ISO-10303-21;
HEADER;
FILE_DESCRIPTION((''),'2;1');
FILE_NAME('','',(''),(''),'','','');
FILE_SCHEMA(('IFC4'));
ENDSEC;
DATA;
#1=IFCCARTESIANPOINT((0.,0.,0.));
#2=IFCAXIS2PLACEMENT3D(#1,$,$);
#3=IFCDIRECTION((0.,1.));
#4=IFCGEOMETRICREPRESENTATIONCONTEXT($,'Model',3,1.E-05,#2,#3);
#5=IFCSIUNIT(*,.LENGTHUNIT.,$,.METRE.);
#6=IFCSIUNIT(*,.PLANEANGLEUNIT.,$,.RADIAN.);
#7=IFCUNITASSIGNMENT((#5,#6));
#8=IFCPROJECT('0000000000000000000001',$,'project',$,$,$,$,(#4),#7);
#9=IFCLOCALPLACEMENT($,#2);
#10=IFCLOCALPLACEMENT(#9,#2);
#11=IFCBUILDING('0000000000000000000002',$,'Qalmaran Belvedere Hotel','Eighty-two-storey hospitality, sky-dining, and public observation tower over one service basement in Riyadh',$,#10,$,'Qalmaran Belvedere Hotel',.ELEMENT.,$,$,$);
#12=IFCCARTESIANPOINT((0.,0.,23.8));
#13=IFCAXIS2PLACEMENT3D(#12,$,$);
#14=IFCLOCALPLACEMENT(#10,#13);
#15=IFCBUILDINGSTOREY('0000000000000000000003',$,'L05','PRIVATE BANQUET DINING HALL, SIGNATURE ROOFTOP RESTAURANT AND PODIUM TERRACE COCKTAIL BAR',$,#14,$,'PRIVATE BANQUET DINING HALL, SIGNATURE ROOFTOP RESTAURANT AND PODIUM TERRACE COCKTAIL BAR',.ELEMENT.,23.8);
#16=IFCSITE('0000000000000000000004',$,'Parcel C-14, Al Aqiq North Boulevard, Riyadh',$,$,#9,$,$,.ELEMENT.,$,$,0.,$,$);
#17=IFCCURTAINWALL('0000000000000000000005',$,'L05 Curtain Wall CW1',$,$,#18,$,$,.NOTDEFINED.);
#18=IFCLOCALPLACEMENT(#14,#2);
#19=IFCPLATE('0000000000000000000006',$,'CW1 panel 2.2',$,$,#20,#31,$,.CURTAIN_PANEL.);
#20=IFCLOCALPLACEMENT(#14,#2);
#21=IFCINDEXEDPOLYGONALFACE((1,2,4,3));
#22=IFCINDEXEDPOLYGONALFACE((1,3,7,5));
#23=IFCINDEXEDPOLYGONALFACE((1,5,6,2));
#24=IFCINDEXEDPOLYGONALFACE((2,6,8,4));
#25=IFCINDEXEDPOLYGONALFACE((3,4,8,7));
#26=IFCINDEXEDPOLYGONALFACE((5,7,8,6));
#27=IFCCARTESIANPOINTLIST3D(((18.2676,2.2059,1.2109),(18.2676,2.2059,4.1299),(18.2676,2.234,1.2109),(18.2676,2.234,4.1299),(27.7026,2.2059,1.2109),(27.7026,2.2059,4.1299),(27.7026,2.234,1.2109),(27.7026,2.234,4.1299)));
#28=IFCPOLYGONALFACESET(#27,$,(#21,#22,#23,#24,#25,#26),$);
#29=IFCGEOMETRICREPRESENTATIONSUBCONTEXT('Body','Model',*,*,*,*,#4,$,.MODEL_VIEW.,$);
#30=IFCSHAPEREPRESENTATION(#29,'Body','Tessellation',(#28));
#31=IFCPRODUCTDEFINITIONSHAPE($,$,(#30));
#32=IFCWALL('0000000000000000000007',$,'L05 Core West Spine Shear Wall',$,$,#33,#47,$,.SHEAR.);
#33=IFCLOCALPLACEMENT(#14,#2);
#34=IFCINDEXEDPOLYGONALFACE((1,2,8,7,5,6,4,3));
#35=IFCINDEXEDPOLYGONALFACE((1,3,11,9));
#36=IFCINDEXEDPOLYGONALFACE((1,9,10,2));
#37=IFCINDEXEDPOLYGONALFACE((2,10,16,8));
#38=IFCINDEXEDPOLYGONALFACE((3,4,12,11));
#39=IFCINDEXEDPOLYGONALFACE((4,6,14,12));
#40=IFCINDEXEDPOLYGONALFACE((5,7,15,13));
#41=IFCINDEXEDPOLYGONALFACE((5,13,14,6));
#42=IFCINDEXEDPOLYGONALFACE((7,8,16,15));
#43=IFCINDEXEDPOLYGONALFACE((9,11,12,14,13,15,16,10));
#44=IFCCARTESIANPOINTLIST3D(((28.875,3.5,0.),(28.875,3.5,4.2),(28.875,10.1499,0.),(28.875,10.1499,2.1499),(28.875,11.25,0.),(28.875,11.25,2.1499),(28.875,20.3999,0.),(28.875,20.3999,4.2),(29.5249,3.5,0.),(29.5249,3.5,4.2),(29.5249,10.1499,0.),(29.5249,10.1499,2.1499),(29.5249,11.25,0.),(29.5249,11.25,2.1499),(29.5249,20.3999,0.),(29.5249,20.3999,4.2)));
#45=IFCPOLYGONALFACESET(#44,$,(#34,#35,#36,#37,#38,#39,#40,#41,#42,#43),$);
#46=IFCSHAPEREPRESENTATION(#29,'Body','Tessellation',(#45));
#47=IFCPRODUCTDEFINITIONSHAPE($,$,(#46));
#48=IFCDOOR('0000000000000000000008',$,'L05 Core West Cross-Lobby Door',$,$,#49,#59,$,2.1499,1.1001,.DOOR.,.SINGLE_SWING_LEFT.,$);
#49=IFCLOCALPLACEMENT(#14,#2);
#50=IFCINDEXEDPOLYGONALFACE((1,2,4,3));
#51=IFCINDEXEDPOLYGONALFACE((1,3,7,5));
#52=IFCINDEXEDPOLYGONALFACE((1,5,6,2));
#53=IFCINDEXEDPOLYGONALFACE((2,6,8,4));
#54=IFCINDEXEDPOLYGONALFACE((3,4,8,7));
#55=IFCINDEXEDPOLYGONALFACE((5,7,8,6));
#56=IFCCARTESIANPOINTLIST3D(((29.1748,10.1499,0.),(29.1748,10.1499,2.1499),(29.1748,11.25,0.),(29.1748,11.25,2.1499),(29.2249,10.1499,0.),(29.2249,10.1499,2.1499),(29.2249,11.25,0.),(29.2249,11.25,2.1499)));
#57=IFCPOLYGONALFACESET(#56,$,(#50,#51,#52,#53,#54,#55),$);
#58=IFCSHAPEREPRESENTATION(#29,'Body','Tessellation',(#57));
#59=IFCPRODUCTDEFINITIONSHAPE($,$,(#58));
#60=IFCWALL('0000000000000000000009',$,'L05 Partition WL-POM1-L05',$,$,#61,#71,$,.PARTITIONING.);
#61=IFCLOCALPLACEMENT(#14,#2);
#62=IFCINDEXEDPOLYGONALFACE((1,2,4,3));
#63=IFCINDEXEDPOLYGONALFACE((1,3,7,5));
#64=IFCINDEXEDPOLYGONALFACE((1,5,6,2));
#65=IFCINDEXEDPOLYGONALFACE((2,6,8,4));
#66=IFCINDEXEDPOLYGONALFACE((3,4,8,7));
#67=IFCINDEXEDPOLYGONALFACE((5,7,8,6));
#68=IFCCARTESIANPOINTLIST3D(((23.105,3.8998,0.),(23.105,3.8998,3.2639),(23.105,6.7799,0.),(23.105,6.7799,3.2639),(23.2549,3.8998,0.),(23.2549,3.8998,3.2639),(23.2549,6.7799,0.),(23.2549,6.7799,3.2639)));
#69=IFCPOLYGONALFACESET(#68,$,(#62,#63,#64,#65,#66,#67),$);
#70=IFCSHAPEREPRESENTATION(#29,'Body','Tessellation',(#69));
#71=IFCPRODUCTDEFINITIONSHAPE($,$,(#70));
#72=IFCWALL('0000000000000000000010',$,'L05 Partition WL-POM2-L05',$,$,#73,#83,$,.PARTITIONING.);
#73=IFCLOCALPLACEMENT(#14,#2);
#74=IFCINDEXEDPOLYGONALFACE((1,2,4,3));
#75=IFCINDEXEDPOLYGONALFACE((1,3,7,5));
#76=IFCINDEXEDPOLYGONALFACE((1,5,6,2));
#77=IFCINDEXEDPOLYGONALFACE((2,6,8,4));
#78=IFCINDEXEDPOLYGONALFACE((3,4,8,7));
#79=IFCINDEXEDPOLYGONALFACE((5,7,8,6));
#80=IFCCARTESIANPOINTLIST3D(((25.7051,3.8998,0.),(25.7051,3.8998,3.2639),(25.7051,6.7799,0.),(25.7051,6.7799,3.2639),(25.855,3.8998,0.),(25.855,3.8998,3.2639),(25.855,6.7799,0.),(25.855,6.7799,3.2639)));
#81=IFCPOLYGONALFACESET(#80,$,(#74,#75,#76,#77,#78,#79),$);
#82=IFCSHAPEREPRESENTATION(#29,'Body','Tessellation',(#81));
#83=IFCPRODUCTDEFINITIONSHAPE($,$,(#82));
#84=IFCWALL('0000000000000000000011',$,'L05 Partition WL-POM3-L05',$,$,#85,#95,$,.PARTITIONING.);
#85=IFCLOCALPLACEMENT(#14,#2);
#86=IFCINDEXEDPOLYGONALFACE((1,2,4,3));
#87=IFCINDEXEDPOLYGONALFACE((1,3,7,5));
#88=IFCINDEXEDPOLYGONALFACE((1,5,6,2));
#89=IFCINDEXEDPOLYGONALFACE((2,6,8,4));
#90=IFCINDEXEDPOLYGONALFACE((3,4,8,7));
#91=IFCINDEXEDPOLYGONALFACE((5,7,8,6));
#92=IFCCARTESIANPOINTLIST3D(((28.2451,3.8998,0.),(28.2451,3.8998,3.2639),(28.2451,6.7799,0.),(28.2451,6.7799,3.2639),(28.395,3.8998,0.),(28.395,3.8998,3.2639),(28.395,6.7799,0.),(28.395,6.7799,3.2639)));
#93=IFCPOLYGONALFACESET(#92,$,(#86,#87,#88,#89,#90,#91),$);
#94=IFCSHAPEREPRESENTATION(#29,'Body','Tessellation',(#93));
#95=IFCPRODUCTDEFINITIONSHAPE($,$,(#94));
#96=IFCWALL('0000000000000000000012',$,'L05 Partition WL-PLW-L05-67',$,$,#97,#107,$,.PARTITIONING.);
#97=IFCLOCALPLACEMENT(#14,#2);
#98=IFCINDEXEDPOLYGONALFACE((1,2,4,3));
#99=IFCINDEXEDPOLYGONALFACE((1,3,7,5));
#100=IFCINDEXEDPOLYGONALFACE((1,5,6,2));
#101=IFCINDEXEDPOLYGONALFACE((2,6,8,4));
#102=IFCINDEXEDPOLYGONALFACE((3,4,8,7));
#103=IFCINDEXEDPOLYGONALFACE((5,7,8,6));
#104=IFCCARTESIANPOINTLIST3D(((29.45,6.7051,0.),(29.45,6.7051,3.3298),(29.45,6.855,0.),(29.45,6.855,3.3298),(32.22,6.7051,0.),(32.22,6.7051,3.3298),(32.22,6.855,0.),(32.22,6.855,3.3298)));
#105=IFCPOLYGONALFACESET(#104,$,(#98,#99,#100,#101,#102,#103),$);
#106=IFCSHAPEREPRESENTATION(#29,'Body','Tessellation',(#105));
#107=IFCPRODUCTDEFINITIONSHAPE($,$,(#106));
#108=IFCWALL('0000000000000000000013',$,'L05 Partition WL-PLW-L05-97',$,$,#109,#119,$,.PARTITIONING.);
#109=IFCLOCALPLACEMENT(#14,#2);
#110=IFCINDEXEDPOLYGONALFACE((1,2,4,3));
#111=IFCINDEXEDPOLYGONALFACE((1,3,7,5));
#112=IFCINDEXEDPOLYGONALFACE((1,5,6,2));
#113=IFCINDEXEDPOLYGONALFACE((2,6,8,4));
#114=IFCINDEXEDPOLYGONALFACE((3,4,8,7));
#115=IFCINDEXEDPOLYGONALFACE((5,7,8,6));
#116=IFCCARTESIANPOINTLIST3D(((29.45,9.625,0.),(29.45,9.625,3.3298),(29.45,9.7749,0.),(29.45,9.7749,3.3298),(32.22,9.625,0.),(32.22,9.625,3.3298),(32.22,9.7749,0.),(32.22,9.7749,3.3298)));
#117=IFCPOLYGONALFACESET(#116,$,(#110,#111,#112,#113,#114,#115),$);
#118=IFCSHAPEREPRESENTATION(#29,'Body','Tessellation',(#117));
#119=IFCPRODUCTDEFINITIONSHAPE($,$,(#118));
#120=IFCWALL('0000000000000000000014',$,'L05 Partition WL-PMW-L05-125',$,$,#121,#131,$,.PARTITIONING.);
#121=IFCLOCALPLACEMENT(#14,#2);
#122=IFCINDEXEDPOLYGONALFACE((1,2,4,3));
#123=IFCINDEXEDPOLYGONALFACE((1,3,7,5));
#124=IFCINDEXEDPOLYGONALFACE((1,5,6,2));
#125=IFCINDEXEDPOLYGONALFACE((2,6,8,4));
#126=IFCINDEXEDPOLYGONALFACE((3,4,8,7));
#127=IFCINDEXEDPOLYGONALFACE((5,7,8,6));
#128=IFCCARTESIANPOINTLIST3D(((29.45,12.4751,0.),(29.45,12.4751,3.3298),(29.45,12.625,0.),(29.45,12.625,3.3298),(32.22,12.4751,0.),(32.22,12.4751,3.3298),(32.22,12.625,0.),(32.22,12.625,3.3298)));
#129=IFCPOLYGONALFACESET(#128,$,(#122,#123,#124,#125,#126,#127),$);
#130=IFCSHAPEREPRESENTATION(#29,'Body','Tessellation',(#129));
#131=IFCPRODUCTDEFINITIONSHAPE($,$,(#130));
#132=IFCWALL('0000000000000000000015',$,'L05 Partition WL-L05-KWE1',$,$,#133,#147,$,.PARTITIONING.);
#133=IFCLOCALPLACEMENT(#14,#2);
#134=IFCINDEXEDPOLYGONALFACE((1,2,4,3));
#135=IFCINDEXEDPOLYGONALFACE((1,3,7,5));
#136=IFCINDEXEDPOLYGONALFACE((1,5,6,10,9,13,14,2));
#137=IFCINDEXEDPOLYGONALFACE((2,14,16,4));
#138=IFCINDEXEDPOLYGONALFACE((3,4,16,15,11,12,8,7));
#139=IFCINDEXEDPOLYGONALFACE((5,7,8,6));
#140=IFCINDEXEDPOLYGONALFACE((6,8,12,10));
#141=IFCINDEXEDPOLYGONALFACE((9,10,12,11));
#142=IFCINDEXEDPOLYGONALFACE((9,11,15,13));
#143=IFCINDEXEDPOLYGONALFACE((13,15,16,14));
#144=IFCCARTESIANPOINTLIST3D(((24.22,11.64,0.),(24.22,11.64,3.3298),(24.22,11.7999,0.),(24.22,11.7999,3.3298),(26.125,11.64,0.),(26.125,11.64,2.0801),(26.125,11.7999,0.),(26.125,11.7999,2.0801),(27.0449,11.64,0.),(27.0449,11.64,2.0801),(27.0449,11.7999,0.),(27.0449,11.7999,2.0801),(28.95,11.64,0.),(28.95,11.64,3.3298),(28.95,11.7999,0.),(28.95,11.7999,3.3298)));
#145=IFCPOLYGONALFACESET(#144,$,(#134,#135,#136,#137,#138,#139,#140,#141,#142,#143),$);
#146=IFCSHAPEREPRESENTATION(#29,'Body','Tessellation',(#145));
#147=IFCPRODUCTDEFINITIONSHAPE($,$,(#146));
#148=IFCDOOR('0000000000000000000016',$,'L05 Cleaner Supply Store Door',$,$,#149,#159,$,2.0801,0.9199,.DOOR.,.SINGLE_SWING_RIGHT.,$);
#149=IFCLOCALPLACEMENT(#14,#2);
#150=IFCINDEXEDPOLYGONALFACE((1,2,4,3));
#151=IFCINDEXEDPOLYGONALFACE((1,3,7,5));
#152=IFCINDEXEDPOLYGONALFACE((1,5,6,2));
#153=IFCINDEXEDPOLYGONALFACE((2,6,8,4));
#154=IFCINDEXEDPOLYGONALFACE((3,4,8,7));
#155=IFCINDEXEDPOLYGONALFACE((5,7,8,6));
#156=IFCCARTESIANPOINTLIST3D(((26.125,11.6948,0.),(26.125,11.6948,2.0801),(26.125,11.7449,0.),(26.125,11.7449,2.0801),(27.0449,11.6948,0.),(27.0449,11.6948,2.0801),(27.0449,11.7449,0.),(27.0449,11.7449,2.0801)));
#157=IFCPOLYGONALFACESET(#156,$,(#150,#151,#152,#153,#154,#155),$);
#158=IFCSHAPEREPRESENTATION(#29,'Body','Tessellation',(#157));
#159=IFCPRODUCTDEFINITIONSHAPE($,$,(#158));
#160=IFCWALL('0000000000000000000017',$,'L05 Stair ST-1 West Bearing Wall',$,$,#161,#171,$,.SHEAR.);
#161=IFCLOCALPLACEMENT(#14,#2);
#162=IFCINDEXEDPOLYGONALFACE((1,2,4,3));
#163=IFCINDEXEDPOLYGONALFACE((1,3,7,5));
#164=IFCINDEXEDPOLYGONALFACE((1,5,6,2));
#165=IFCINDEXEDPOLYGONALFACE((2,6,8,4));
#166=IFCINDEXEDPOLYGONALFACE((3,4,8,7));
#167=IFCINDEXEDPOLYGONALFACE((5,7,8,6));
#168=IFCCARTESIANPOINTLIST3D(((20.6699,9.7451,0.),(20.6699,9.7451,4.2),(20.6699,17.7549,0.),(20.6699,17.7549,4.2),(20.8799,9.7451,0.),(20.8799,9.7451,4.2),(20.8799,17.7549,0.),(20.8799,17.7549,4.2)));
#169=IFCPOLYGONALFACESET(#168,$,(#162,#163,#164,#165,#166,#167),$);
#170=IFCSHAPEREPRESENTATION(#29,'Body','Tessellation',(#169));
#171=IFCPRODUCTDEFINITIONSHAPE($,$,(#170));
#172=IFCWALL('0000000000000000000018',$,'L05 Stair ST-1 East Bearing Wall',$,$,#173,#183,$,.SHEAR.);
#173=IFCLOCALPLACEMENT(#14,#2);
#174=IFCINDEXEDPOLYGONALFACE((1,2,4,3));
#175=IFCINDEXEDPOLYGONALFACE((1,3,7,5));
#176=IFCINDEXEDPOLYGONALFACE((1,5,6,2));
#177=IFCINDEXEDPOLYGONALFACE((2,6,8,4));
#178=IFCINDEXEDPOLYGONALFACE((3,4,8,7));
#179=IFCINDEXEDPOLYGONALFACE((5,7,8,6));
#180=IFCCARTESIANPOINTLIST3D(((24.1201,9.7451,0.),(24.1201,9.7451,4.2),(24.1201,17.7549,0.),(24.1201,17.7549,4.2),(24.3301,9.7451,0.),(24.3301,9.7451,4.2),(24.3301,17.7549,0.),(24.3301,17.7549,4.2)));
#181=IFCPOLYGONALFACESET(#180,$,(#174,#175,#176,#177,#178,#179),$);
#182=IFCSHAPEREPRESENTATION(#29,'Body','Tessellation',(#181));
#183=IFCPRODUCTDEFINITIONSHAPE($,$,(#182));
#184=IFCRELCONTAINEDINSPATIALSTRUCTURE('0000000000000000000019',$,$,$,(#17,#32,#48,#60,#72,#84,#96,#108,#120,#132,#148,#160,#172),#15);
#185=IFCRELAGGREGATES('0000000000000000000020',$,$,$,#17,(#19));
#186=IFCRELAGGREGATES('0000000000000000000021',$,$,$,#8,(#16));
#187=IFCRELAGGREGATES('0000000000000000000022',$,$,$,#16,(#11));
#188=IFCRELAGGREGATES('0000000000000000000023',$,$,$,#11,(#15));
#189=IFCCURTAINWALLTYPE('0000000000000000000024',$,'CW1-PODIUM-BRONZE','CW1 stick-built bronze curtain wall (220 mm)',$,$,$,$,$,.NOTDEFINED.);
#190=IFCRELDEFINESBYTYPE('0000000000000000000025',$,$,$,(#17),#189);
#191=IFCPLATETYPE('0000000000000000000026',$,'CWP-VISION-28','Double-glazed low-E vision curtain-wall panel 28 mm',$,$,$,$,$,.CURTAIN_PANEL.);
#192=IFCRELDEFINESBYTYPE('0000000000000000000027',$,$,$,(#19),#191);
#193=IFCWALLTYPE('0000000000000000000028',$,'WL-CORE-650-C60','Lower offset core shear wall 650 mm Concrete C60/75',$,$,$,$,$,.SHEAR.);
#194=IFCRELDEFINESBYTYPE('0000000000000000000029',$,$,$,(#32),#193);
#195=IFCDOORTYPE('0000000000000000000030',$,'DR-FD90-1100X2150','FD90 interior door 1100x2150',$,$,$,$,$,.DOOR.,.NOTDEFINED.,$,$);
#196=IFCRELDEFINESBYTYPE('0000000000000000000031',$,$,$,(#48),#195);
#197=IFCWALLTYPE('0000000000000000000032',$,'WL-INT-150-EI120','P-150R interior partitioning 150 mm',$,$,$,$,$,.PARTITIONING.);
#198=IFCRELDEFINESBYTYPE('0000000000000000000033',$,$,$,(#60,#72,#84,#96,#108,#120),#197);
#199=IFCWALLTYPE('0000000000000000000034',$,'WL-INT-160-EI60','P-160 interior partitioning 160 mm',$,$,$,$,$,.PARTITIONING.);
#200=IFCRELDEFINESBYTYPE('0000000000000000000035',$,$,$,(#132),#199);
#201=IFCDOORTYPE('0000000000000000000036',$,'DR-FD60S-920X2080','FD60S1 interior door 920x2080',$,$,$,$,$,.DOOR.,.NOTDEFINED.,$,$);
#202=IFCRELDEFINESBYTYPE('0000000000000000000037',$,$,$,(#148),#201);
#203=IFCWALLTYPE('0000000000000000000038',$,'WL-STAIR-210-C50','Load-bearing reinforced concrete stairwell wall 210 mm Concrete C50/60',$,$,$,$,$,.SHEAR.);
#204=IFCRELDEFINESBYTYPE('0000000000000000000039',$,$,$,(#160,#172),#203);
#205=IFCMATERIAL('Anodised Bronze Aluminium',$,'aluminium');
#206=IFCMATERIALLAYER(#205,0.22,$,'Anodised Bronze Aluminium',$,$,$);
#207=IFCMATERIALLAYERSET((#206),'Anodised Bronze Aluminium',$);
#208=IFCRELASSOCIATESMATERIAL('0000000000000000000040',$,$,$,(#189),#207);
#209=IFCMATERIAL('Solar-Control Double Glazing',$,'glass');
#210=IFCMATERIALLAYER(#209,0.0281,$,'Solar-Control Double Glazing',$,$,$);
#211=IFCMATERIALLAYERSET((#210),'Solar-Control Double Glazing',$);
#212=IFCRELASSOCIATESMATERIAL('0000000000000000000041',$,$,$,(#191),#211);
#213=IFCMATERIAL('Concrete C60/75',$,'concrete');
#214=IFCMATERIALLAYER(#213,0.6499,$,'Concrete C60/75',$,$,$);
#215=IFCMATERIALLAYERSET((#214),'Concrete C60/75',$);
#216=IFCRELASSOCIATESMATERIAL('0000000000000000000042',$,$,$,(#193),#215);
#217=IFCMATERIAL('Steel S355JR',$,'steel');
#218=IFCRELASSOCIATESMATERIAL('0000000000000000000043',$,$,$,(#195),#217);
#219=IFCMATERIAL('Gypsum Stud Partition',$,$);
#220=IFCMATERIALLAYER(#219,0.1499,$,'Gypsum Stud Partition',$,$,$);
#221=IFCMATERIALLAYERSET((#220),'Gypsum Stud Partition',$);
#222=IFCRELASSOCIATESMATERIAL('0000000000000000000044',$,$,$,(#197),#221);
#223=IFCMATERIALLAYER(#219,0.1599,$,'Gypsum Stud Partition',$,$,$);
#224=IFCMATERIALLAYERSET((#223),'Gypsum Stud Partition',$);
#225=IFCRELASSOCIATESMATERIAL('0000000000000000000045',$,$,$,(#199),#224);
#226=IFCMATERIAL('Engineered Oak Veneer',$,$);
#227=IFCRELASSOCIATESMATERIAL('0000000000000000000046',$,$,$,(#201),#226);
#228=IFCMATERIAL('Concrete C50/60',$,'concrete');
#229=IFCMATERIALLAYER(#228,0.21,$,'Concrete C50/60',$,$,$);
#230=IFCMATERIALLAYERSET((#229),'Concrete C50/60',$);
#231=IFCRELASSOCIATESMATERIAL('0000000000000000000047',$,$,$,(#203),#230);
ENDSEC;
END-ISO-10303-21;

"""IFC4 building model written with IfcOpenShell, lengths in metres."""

from ifc_helpers import new_model, si_unit, direction, frame, frame_2d, origin, origin_2d, place, context, subcontext, project, spatial, rectangle, extrude, material, layer, layer_set, type_object, element, fill, aggregate, save


model = new_model("IFC4")

# Units and contexts
model_context = context("Model", 3, precision=1e-05, world=origin(), true_north=direction((0.0, 1.0)))
body_context = subcontext(model_context, "Body", "Model", "MODEL_VIEW")
ifc_project = project(units=[si_unit("LENGTHUNIT", "METRE"), si_unit("PLANEANGLEUNIT", "RADIAN")], contexts=[model_context])

# Site, building, storey
site_placement = place(None, origin())
site = spatial("IfcSite", under=ifc_project, at=site_placement, Name="Parcel C-14, Al Aqiq North Boulevard, Riyadh", CompositionType="ELEMENT", RefElevation=0.0)
building_placement = place(site_placement, origin())
building = spatial("IfcBuilding", under=site, at=building_placement, Name="Qalmaran Belvedere Hotel", Description="Eighty-two-storey hospitality, sky-dining, and public observation tower over one service basement in Riyadh", LongName="Qalmaran Belvedere Hotel", CompositionType="ELEMENT")
storey_placement = place(building_placement, frame((0.0, 0.0, 23.8)))
storey = spatial("IfcBuildingStorey", under=building, at=storey_placement, Name="L05", Description="PRIVATE BANQUET DINING HALL, SIGNATURE ROOFTOP RESTAURANT AND PODIUM TERRACE COCKTAIL BAR", LongName="PRIVATE BANQUET DINING HALL, SIGNATURE ROOFTOP RESTAURANT AND PODIUM TERRACE COCKTAIL BAR", CompositionType="ELEMENT", Elevation=23.8)

# Shared definitions
ifc_material_1 = material(Name="Concrete C60/75", Category="concrete")

# Shared definitions
ifc_material_2 = material(Name="Steel S355JR", Category="steel")

# Curtain wall, plate
ifc_material_3 = material(Name="Anodised Bronze Aluminium", Category="aluminium")
ifc_layer_1 = layer(ifc_material_3, 0.22, Name="Anodised Bronze Aluminium")
ifc_layer_set_1 = layer_set([ifc_layer_1], Name="Anodised Bronze Aluminium")
curtain_wall_type = type_object("IfcCurtainWallType", Name="CW1-PODIUM-BRONZE", Description="CW1 stick-built bronze curtain wall (220 mm)", PredefinedType="NOTDEFINED", material=ifc_layer_set_1)
curtain_wall_placement = place(storey_placement, origin())
curtain_wall = element("IfcCurtainWall", 1, at=curtain_wall_placement, inside=storey, type_object=curtain_wall_type, Name="L05 Curtain Wall CW1", PredefinedType="NOTDEFINED")
ifc_material_4 = material(Name="Solar-Control Double Glazing", Category="glass")
ifc_layer_2 = layer(ifc_material_4, 0.0281, Name="Solar-Control Double Glazing")
ifc_layer_set_2 = layer_set([ifc_layer_2], Name="Solar-Control Double Glazing")
plate_type_1 = type_object("IfcPlateType", Name="CWP-VISION-28", Description="Double-glazed low-E vision curtain-wall panel 28 mm", PredefinedType="CURTAIN_PANEL", material=ifc_layer_set_2)
plate_1_placement = place(storey_placement, frame((22.9851, 2.22, 1.2109), z_axis=(0.0, 0.0, 1.0), x_axis=(1.0, 0.0, 0.0)))
plate_1 = element("IfcPlate", 2, at=plate_1_placement, type_object=plate_type_1, Name="CW1 panel 2.2", PredefinedType="CURTAIN_PANEL", context=body_context, shape_type="SweptSolid", body=[
    extrude(rectangle(XDim=9.4351, YDim=0.0281, at=origin_2d()), origin(), (0.0, 0.0, 1.0), 2.9189),
])
aggregate(curtain_wall, [plate_1])

# Wall, opening, door
ifc_layer_3 = layer(ifc_material_1, 0.6499, Name="Concrete C60/75")
ifc_layer_set_3 = layer_set([ifc_layer_3], Name="Concrete C60/75")
wall_type_1 = type_object("IfcWallType", Name="WL-CORE-650-C60", Description="Lower offset core shear wall 650 mm Concrete C60/75", PredefinedType="SHEAR", material=ifc_layer_set_3)
wall_1_placement = place(storey_placement, frame((29.2, 3.5, 0.0), z_axis=(0.0, 0.0, 1.0), x_axis=(0.0, 1.0, 0.0)))
wall_1 = element("IfcWall", 3, at=wall_1_placement, inside=storey, type_object=wall_type_1, Name="L05 Core West Spine Shear Wall", PredefinedType="SHEAR", context=body_context, shape_type="SweptSolid", body=[
    extrude(rectangle(XDim=16.8999, YDim=0.6499, at=frame_2d((8.45, 0.0))), origin(), (0.0, 0.0, 1.0), 4.2),
])
opening_1_placement = place(wall_1_placement, frame((7.75, 0.0, 0.0), z_axis=(0.0, 0.0, 1.0), x_axis=(-1.0, 0.0, 0.0)))
opening_1 = element("IfcOpeningElement", 4, at=opening_1_placement, cuts=wall_1, PredefinedType="OPENING", context=body_context, shape_type="SweptSolid", body=[
    extrude(rectangle(XDim=1.1001, YDim=2.1499, at=frame_2d((0.55, 1.075))), frame((0.0, 0.335, 0.0), z_axis=(0.0, -1.0, 0.0), x_axis=(1.0, 0.0, 0.0)), (0.0, 0.0, 1.0), 0.6699),
])
door_type_1 = type_object("IfcDoorType", Name="DR-FD90-1100X2150", Description="FD90 interior door 1100x2150", OperationType="NOTDEFINED", PredefinedType="DOOR", material=ifc_material_2)
door_1_placement = place(opening_1_placement, origin())
door_1 = element("IfcDoor", 5, at=door_1_placement, inside=storey, type_object=door_type_1, Name="L05 Core West Cross-Lobby Door", OperationType="SINGLE_SWING_LEFT", OverallHeight=2.1499, OverallWidth=1.1001, PredefinedType="DOOR", context=body_context, shape_type="SweptSolid", body=[
    extrude(rectangle(XDim=1.1001, YDim=2.1499, at=frame_2d((0.55, 1.075))), frame((0.0, 0.0249, 0.0), z_axis=(0.0, -1.0, 0.0), x_axis=(1.0, 0.0, 0.0)), (0.0, 0.0, 1.0), 0.05),
])
fill(opening_1, door_1)

# Walls
ifc_material_5 = material(Name="Gypsum Stud Partition")
ifc_layer_4 = layer(ifc_material_5, 0.1499, Name="Gypsum Stud Partition")
ifc_layer_set_4 = layer_set([ifc_layer_4], Name="Gypsum Stud Partition")
wall_type_2 = type_object("IfcWallType", Name="WL-INT-150-EI120", Description="P-150R interior partitioning 150 mm", PredefinedType="PARTITIONING", material=ifc_layer_set_4)
for number, where, z_axis, x_axis, name in (
    (6, (23.1799, 3.8999, 0.0), (0.0, 0.0, 1.0), (0.0, 1.0, 0.0), "L05 Partition WL-POM1-L05"),
    (7, (25.78, 3.8999, 0.0), (0.0, 0.0, 1.0), (0.0, 1.0, 0.0), "L05 Partition WL-POM2-L05"),
    (8, (28.3201, 3.8999, 0.0), (0.0, 0.0, 1.0), (0.0, 1.0, 0.0), "L05 Partition WL-POM3-L05"),
):
    element("IfcWall", number, at=place(storey_placement, frame(where, z_axis=z_axis, x_axis=x_axis)), inside=storey, type_object=wall_type_2, Name=name, PredefinedType="PARTITIONING", context=body_context, shape_type="SweptSolid", body=[
        extrude(rectangle(XDim=2.8801, YDim=0.1499, at=frame_2d((1.4399, 0.0))), origin(), (0.0, 0.0, 1.0), 3.2639),
    ])
for number, where, z_axis, x_axis, name in (
    (9, (29.45, 6.78, 0.0), (0.0, 0.0, 1.0), (1.0, 0.0, 0.0), "L05 Partition WL-PLW-L05-67"),
    (10, (29.45, 9.7, 0.0), (0.0, 0.0, 1.0), (1.0, 0.0, 0.0), "L05 Partition WL-PLW-L05-97"),
    (11, (29.45, 12.55, 0.0), (0.0, 0.0, 1.0), (1.0, 0.0, 0.0), "L05 Partition WL-PMW-L05-125"),
):
    element("IfcWall", number, at=place(storey_placement, frame(where, z_axis=z_axis, x_axis=x_axis)), inside=storey, type_object=wall_type_2, Name=name, PredefinedType="PARTITIONING", context=body_context, shape_type="SweptSolid", body=[
        extrude(rectangle(XDim=2.77, YDim=0.1499, at=frame_2d((1.385, 0.0))), origin(), (0.0, 0.0, 1.0), 3.3298),
    ])

# Wall, opening, door
ifc_layer_5 = layer(ifc_material_5, 0.1599, Name="Gypsum Stud Partition")
ifc_layer_set_5 = layer_set([ifc_layer_5], Name="Gypsum Stud Partition")
wall_type_3 = type_object("IfcWallType", Name="WL-INT-160-EI60", Description="P-160 interior partitioning 160 mm", PredefinedType="PARTITIONING", material=ifc_layer_set_5)
wall_2_placement = place(storey_placement, frame((24.22, 11.72, 0.0), z_axis=(0.0, 0.0, 1.0), x_axis=(1.0, 0.0, 0.0)))
wall_2 = element("IfcWall", 12, at=wall_2_placement, inside=storey, type_object=wall_type_3, Name="L05 Partition WL-L05-KWE1", PredefinedType="PARTITIONING", context=body_context, shape_type="SweptSolid", body=[
    extrude(rectangle(XDim=4.73, YDim=0.1599, at=frame_2d((2.365, 0.0))), origin(), (0.0, 0.0, 1.0), 3.3298),
])
opening_2_placement = place(wall_2_placement, frame((1.905, 0.0, 0.0)))
opening_2 = element("IfcOpeningElement", 13, at=opening_2_placement, cuts=wall_2, PredefinedType="OPENING", context=body_context, shape_type="SweptSolid", body=[
    extrude(rectangle(XDim=0.9199, YDim=2.0801, at=frame_2d((0.46, 1.04))), frame((0.0, 0.0898, 0.0), z_axis=(0.0, -1.0, 0.0), x_axis=(1.0, 0.0, 0.0)), (0.0, 0.0, 1.0), 0.1799),
])
ifc_material_6 = material(Name="Engineered Oak Veneer")
door_type_2 = type_object("IfcDoorType", Name="DR-FD60S-920X2080", Description="FD60S1 interior door 920x2080", OperationType="NOTDEFINED", PredefinedType="DOOR", material=ifc_material_6)
door_2_placement = place(opening_2_placement, origin())
door_2 = element("IfcDoor", 14, at=door_2_placement, inside=storey, type_object=door_type_2, Name="L05 Cleaner Supply Store Door", OperationType="SINGLE_SWING_RIGHT", OverallHeight=2.0801, OverallWidth=0.9199, PredefinedType="DOOR", context=body_context, shape_type="SweptSolid", body=[
    extrude(rectangle(XDim=0.9199, YDim=2.0801, at=frame_2d((0.46, 1.04))), frame((0.0, 0.0249, 0.0), z_axis=(0.0, -1.0, 0.0), x_axis=(1.0, 0.0, 0.0)), (0.0, 0.0, 1.0), 0.05),
])
fill(opening_2, door_2)

# Walls
ifc_material_7 = material(Name="Concrete C50/60", Category="concrete")
ifc_layer_6 = layer(ifc_material_7, 0.21, Name="Concrete C50/60")
ifc_layer_set_6 = layer_set([ifc_layer_6], Name="Concrete C50/60")
wall_type_4 = type_object("IfcWallType", Name="WL-STAIR-210-C50", Description="Load-bearing reinforced concrete stairwell wall 210 mm Concrete C50/60", PredefinedType="SHEAR", material=ifc_layer_set_6)
for number, where, z_axis, x_axis, name in (
    (15, (20.7749, 9.7451, 0.0), (0.0, 0.0, 1.0), (0.0, 1.0, 0.0), "L05 Stair ST-1 West Bearing Wall"),
    (16, (24.2251, 9.7451, 0.0), (0.0, 0.0, 1.0), (0.0, 1.0, 0.0), "L05 Stair ST-1 East Bearing Wall"),
):
    element("IfcWall", number, at=place(storey_placement, frame(where, z_axis=z_axis, x_axis=x_axis)), inside=storey, type_object=wall_type_4, Name=name, PredefinedType="SHEAR", context=body_context, shape_type="SweptSolid", body=[
        extrude(rectangle(XDim=8.0098, YDim=0.21, at=frame_2d((4.0049, 0.0))), origin(), (0.0, 0.0, 1.0), 4.2),
    ])

save(model, "model.ifc")
